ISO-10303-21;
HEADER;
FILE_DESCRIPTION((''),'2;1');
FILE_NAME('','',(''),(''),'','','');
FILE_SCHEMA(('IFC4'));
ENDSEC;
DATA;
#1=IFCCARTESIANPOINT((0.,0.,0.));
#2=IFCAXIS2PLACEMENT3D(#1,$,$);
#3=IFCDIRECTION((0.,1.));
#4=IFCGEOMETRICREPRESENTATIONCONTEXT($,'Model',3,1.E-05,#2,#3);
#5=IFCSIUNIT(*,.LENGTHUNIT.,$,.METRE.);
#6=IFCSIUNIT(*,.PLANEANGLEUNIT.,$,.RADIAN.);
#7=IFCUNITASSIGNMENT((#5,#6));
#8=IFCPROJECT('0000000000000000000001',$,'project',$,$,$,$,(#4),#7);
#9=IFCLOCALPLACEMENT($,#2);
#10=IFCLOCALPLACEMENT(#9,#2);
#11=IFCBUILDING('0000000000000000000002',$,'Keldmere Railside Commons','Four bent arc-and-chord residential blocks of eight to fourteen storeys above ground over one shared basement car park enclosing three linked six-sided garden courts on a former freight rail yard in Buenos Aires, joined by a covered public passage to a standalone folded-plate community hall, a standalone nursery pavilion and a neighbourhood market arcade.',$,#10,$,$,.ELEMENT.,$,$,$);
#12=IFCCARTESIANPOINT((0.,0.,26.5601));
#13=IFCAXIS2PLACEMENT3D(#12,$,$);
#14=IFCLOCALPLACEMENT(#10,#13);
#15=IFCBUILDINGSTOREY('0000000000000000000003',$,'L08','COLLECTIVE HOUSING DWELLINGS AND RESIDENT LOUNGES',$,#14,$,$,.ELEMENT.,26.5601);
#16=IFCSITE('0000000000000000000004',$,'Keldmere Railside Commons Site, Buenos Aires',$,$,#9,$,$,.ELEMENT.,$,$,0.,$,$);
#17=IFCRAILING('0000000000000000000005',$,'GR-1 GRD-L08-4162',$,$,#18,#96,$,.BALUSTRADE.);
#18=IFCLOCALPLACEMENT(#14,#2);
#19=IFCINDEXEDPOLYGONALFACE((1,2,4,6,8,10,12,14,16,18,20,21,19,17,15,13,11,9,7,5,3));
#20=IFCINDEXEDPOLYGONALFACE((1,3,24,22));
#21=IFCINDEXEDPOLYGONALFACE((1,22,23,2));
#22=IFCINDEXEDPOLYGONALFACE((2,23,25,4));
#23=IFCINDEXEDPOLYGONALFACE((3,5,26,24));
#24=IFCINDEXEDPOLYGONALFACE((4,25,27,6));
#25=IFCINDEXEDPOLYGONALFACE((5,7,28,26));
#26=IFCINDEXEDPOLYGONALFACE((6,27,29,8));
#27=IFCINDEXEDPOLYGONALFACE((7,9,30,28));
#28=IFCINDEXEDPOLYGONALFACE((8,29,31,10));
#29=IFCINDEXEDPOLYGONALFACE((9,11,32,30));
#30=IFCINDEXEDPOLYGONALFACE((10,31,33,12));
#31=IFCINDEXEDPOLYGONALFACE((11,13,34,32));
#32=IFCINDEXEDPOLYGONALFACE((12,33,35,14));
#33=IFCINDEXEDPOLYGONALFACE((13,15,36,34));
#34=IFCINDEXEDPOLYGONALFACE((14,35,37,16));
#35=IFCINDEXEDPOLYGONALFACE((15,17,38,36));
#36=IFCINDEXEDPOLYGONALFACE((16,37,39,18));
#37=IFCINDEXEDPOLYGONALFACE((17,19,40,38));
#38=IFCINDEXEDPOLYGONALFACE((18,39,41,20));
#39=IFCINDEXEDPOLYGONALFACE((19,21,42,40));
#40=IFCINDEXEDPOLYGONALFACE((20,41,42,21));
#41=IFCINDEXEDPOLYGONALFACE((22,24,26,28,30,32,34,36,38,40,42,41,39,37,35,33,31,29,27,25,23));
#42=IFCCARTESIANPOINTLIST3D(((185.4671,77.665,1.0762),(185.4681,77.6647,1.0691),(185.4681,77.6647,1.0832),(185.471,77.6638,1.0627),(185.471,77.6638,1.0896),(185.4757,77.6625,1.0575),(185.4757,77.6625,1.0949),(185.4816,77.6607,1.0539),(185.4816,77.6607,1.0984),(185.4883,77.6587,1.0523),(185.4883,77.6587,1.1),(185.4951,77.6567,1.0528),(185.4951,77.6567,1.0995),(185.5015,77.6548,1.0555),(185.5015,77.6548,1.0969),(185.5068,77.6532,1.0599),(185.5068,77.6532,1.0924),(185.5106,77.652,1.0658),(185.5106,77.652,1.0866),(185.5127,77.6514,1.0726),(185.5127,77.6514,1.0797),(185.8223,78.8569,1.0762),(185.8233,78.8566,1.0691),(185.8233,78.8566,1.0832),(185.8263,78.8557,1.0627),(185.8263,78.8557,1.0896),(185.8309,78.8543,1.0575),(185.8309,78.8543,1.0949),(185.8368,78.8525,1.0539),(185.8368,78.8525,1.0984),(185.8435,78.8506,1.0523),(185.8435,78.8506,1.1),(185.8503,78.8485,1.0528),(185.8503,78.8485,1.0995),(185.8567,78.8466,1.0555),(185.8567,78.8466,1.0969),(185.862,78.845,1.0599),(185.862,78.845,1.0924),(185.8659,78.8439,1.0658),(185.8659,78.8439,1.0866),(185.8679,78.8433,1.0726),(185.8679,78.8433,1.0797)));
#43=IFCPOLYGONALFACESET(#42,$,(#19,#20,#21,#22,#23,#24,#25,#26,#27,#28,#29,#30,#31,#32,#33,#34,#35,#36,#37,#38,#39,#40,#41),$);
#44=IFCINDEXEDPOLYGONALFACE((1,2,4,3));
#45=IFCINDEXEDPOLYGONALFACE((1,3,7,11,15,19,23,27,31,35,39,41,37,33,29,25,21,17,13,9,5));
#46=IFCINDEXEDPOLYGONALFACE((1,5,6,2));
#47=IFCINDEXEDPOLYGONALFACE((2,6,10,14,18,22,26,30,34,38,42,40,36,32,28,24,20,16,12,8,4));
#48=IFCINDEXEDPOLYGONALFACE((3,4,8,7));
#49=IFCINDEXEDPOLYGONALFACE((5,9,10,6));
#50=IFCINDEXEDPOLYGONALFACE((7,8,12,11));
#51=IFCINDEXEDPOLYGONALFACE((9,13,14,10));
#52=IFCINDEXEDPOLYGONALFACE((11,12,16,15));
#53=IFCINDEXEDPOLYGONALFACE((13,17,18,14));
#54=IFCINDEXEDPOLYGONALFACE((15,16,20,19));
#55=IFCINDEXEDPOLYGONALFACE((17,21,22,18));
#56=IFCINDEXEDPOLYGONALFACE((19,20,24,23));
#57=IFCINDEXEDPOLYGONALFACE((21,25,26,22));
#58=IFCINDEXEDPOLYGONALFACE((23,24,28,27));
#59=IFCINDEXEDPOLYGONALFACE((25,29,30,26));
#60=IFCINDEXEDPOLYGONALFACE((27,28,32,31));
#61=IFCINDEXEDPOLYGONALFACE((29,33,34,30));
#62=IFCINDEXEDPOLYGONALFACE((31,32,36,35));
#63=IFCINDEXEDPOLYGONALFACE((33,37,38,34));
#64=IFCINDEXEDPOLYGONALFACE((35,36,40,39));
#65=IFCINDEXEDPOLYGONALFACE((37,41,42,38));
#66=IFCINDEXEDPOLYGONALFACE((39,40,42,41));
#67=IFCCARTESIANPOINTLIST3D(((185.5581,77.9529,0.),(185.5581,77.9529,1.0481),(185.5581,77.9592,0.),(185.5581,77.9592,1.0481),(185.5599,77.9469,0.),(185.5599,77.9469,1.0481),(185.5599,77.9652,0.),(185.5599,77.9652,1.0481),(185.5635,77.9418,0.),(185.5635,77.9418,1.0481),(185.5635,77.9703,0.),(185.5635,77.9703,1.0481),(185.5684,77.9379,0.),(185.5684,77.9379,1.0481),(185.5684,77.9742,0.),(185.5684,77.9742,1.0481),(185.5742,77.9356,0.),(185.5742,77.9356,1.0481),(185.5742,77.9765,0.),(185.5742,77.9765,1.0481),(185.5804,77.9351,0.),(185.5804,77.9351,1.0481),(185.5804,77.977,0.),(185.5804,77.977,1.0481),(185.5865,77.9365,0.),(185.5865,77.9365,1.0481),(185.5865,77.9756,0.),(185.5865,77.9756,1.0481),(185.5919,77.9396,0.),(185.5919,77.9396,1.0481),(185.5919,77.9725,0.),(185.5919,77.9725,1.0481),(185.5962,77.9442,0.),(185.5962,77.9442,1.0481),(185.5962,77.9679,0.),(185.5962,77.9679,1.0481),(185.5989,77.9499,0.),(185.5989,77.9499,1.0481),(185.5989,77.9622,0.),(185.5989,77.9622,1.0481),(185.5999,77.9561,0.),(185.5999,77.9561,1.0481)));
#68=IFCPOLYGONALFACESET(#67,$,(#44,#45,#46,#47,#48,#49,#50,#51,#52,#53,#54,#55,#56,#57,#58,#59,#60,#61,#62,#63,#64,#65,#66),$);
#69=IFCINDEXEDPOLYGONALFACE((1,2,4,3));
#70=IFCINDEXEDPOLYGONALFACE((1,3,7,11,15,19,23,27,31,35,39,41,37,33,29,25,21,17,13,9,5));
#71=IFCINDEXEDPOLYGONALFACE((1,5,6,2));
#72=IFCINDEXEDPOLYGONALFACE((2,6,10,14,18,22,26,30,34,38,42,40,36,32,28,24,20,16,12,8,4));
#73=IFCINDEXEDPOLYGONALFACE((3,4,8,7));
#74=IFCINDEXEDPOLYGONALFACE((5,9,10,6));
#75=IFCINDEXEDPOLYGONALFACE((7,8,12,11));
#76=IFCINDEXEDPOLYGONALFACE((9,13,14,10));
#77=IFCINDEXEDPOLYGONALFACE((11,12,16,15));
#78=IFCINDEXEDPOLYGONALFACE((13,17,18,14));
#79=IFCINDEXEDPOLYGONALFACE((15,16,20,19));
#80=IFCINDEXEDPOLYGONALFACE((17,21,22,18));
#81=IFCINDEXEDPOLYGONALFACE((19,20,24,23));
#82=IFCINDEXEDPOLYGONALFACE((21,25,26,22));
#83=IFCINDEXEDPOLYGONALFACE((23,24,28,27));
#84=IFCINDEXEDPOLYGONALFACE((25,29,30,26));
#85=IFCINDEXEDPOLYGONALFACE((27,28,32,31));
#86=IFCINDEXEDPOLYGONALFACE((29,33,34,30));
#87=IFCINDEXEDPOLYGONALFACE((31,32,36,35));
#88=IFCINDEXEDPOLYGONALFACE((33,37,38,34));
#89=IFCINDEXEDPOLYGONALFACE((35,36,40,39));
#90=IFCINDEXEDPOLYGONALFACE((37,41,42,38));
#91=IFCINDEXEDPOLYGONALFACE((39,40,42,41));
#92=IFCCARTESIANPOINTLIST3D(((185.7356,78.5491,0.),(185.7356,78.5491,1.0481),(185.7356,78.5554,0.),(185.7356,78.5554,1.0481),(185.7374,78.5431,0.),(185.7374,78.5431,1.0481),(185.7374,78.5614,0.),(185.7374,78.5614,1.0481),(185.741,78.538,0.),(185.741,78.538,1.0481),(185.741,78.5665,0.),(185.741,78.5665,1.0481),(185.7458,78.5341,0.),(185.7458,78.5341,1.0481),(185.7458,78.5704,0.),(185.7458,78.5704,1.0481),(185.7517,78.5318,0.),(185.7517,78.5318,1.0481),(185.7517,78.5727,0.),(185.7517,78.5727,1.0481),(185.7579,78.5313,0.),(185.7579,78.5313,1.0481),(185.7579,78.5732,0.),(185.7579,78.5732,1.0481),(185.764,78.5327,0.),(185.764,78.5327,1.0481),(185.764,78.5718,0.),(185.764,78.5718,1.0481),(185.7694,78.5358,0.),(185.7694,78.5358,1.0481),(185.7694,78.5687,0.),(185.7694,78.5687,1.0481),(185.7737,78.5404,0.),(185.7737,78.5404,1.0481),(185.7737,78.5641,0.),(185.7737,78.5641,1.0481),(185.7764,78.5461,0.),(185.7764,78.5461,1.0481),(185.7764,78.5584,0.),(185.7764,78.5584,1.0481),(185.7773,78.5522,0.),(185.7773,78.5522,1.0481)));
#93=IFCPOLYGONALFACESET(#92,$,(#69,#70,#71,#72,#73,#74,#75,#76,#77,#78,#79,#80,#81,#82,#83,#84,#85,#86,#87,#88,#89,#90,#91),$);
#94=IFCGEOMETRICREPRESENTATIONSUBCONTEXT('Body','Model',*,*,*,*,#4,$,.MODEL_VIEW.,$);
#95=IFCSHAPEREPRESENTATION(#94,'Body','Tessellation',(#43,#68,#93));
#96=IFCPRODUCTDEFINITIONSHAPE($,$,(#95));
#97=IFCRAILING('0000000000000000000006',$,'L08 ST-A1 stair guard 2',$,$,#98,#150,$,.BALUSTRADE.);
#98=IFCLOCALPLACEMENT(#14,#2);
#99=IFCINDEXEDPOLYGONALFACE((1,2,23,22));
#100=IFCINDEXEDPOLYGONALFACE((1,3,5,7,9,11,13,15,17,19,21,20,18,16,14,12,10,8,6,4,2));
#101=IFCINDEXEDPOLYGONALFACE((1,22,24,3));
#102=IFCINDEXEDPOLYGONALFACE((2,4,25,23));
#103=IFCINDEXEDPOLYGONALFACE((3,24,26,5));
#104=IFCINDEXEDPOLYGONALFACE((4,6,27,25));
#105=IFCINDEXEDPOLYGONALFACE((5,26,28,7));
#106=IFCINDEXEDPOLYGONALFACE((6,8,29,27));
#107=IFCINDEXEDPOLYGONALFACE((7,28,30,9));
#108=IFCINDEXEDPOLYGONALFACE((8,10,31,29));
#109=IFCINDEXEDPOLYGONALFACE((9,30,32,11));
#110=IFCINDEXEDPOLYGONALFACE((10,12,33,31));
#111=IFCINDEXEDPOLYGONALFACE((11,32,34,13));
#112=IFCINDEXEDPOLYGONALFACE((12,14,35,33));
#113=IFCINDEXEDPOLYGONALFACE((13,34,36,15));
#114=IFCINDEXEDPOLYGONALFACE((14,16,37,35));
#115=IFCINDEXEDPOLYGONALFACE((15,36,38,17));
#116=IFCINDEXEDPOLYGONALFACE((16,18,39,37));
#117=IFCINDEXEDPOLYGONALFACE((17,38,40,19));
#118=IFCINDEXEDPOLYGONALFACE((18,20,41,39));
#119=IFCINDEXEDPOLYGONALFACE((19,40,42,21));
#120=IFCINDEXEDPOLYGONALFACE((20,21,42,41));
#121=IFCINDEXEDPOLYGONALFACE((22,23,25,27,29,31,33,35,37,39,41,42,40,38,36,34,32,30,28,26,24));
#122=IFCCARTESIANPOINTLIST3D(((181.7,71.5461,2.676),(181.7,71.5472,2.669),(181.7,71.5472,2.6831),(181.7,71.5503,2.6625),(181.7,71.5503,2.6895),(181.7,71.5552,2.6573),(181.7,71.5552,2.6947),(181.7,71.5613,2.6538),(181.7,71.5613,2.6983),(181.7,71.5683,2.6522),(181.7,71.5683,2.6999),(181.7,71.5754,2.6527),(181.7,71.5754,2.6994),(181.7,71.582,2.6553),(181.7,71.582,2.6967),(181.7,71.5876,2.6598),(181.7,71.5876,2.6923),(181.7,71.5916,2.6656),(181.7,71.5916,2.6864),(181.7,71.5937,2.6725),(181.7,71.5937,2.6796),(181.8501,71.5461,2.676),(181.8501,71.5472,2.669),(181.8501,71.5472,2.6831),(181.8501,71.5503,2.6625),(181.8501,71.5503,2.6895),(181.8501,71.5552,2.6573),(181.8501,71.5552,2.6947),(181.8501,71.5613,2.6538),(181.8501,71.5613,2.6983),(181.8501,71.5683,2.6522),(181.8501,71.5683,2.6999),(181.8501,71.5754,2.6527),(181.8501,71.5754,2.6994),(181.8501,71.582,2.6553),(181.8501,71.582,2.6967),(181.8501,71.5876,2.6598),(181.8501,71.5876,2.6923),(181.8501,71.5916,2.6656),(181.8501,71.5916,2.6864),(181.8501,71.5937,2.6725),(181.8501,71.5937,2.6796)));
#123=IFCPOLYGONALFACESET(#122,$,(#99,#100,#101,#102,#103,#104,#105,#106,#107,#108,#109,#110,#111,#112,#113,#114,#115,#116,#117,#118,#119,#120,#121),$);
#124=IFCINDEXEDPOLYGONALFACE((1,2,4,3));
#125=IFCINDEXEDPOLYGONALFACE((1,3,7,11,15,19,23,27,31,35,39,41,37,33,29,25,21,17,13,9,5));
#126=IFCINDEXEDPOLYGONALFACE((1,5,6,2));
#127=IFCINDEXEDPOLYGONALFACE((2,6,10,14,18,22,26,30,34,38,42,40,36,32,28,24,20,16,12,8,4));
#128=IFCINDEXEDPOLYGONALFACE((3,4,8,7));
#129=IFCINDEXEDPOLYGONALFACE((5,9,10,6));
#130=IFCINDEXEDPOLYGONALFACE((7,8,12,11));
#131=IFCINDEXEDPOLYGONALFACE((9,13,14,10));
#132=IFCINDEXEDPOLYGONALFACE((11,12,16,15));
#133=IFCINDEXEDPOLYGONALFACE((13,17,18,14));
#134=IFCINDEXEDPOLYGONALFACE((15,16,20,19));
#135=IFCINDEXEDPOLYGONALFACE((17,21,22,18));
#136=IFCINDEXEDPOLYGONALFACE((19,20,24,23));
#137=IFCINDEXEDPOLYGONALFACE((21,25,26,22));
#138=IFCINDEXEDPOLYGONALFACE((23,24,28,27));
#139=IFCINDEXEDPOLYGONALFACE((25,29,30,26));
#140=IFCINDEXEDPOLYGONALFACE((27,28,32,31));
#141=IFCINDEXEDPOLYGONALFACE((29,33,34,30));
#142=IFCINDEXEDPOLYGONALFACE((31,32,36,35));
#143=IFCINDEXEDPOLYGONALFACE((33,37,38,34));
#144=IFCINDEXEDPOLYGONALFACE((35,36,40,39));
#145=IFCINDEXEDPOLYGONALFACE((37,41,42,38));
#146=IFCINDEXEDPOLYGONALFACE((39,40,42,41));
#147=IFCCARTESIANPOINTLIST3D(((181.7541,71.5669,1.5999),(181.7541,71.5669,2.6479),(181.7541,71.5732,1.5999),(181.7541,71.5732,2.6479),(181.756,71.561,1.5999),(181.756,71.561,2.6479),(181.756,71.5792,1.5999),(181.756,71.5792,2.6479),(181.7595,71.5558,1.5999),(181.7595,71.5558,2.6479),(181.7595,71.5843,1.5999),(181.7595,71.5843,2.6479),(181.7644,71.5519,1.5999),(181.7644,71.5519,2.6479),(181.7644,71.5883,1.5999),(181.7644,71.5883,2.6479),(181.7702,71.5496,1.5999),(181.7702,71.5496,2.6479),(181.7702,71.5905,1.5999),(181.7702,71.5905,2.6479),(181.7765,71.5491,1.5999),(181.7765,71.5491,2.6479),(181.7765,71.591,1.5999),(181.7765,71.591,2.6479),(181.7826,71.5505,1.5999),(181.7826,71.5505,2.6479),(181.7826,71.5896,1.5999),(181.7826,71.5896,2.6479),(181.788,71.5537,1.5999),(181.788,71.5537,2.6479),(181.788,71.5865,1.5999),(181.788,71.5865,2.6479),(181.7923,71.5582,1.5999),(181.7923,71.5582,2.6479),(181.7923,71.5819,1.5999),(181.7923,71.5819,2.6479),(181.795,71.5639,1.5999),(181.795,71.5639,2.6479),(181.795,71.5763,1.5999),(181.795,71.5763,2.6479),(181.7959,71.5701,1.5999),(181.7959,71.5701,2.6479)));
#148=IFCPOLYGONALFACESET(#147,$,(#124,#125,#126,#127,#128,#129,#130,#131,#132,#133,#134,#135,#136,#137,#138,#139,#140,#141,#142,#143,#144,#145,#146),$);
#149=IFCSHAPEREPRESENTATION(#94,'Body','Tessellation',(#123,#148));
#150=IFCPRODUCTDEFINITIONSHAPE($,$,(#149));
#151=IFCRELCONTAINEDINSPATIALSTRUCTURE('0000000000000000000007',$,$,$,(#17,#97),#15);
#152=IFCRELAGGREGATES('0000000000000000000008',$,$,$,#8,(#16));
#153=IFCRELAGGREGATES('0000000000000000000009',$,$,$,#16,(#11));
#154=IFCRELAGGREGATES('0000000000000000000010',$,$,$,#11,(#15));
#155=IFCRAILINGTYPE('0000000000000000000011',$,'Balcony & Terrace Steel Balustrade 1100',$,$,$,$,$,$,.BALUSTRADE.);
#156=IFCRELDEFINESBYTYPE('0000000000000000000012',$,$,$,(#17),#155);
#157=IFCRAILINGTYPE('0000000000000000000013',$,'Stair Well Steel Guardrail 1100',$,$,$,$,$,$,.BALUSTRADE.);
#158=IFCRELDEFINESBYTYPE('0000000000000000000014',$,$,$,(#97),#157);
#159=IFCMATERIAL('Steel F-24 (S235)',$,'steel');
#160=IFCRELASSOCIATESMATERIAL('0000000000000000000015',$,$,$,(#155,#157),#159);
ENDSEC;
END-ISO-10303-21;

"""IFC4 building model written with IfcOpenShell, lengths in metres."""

from ifc_helpers import new_model, si_unit, direction, frame, origin, origin_2d, place, context, subcontext, project, spatial, circle, extrude, material, type_object, element, save


model = new_model("IFC4")

# Units and contexts
model_context = context("Model", 3, precision=1e-05, world=origin(), true_north=direction((0.0, 1.0)))
body_context = subcontext(model_context, "Body", "Model", "MODEL_VIEW")
ifc_project = project(units=[si_unit("LENGTHUNIT", "METRE"), si_unit("PLANEANGLEUNIT", "RADIAN")], contexts=[model_context])

# Site, building, storey
site_placement = place(None, origin())
site = spatial("IfcSite", under=ifc_project, at=site_placement, Name="Keldmere Railside Commons Site, Buenos Aires", CompositionType="ELEMENT", RefElevation=0.0)
building_placement = place(site_placement, origin())
building = spatial("IfcBuilding", under=site, at=building_placement, Name="Keldmere Railside Commons", Description="Four bent arc-and-chord residential blocks of eight to fourteen storeys above ground over one shared basement car park enclosing three linked six-sided garden courts on a former freight rail yard in Buenos Aires, joined by a covered public passage to a standalone folded-plate community hall, a standalone nursery pavilion and a neighbourhood market arcade.", CompositionType="ELEMENT")
storey_placement = place(building_placement, frame((0.0, 0.0, 26.5601)))
storey = spatial("IfcBuildingStorey", under=building, at=storey_placement, Name="L08", Description="COLLECTIVE HOUSING DWELLINGS AND RESIDENT LOUNGES", CompositionType="ELEMENT", Elevation=26.5601)

# Shared definitions
ifc_material_1 = material(Name="Steel F-24 (S235)", Category="steel")

# Railings
railing_type_1 = type_object("IfcRailingType", Name="Balcony & Terrace Steel Balustrade 1100", PredefinedType="BALUSTRADE", material=ifc_material_1)
railing_1_placement = place(storey_placement, frame((185.49, 77.6582, 0.0)))
element("IfcRailing", 1, at=railing_1_placement, inside=storey, type_object=railing_type_1, Name="GR-1 GRD-L08-4162", PredefinedType="BALUSTRADE", context=body_context, shape_type="SweptSolid", body=[
    extrude(circle(Radius=0.0239, at=origin_2d()), frame((0.0, 0.0, 1.0762), z_axis=(0.285619, 0.958343, 0.0), x_axis=(-0.958343, 0.285619, 0.0)), (0.0, 0.0, 1.0), 1.2437),
    extrude(circle(Radius=0.021, at=origin_2d()), frame((0.0889, 0.2979, 0.0)), (0.0, 0.0, 1.0), 1.0481),
    extrude(circle(Radius=0.021, at=origin_2d()), frame((0.2664, 0.894, 0.0)), (0.0, 0.0, 1.0), 1.0481),
])
railing_type_2 = type_object("IfcRailingType", Name="Stair Well Steel Guardrail 1100", PredefinedType="BALUSTRADE", material=ifc_material_1)
railing_2_placement = place(storey_placement, frame((181.8501, 71.5701, 1.5999)))
element("IfcRailing", 2, at=railing_2_placement, inside=storey, type_object=railing_type_2, Name="L08 ST-A1 stair guard 2", PredefinedType="BALUSTRADE", context=body_context, shape_type="SweptSolid", body=[
    extrude(circle(Radius=0.0239, at=origin_2d()), frame((0.0, 0.0, 1.0762), z_axis=(-1.0, 0.0, 0.0), x_axis=(0.0, -1.0, 0.0)), (0.0, 0.0, 1.0), 0.1501),
    extrude(circle(Radius=0.021, at=origin_2d()), frame((-0.0752, 0.0, 0.0)), (0.0, 0.0, 1.0), 1.0481),
])

save(model, "model.ifc")
